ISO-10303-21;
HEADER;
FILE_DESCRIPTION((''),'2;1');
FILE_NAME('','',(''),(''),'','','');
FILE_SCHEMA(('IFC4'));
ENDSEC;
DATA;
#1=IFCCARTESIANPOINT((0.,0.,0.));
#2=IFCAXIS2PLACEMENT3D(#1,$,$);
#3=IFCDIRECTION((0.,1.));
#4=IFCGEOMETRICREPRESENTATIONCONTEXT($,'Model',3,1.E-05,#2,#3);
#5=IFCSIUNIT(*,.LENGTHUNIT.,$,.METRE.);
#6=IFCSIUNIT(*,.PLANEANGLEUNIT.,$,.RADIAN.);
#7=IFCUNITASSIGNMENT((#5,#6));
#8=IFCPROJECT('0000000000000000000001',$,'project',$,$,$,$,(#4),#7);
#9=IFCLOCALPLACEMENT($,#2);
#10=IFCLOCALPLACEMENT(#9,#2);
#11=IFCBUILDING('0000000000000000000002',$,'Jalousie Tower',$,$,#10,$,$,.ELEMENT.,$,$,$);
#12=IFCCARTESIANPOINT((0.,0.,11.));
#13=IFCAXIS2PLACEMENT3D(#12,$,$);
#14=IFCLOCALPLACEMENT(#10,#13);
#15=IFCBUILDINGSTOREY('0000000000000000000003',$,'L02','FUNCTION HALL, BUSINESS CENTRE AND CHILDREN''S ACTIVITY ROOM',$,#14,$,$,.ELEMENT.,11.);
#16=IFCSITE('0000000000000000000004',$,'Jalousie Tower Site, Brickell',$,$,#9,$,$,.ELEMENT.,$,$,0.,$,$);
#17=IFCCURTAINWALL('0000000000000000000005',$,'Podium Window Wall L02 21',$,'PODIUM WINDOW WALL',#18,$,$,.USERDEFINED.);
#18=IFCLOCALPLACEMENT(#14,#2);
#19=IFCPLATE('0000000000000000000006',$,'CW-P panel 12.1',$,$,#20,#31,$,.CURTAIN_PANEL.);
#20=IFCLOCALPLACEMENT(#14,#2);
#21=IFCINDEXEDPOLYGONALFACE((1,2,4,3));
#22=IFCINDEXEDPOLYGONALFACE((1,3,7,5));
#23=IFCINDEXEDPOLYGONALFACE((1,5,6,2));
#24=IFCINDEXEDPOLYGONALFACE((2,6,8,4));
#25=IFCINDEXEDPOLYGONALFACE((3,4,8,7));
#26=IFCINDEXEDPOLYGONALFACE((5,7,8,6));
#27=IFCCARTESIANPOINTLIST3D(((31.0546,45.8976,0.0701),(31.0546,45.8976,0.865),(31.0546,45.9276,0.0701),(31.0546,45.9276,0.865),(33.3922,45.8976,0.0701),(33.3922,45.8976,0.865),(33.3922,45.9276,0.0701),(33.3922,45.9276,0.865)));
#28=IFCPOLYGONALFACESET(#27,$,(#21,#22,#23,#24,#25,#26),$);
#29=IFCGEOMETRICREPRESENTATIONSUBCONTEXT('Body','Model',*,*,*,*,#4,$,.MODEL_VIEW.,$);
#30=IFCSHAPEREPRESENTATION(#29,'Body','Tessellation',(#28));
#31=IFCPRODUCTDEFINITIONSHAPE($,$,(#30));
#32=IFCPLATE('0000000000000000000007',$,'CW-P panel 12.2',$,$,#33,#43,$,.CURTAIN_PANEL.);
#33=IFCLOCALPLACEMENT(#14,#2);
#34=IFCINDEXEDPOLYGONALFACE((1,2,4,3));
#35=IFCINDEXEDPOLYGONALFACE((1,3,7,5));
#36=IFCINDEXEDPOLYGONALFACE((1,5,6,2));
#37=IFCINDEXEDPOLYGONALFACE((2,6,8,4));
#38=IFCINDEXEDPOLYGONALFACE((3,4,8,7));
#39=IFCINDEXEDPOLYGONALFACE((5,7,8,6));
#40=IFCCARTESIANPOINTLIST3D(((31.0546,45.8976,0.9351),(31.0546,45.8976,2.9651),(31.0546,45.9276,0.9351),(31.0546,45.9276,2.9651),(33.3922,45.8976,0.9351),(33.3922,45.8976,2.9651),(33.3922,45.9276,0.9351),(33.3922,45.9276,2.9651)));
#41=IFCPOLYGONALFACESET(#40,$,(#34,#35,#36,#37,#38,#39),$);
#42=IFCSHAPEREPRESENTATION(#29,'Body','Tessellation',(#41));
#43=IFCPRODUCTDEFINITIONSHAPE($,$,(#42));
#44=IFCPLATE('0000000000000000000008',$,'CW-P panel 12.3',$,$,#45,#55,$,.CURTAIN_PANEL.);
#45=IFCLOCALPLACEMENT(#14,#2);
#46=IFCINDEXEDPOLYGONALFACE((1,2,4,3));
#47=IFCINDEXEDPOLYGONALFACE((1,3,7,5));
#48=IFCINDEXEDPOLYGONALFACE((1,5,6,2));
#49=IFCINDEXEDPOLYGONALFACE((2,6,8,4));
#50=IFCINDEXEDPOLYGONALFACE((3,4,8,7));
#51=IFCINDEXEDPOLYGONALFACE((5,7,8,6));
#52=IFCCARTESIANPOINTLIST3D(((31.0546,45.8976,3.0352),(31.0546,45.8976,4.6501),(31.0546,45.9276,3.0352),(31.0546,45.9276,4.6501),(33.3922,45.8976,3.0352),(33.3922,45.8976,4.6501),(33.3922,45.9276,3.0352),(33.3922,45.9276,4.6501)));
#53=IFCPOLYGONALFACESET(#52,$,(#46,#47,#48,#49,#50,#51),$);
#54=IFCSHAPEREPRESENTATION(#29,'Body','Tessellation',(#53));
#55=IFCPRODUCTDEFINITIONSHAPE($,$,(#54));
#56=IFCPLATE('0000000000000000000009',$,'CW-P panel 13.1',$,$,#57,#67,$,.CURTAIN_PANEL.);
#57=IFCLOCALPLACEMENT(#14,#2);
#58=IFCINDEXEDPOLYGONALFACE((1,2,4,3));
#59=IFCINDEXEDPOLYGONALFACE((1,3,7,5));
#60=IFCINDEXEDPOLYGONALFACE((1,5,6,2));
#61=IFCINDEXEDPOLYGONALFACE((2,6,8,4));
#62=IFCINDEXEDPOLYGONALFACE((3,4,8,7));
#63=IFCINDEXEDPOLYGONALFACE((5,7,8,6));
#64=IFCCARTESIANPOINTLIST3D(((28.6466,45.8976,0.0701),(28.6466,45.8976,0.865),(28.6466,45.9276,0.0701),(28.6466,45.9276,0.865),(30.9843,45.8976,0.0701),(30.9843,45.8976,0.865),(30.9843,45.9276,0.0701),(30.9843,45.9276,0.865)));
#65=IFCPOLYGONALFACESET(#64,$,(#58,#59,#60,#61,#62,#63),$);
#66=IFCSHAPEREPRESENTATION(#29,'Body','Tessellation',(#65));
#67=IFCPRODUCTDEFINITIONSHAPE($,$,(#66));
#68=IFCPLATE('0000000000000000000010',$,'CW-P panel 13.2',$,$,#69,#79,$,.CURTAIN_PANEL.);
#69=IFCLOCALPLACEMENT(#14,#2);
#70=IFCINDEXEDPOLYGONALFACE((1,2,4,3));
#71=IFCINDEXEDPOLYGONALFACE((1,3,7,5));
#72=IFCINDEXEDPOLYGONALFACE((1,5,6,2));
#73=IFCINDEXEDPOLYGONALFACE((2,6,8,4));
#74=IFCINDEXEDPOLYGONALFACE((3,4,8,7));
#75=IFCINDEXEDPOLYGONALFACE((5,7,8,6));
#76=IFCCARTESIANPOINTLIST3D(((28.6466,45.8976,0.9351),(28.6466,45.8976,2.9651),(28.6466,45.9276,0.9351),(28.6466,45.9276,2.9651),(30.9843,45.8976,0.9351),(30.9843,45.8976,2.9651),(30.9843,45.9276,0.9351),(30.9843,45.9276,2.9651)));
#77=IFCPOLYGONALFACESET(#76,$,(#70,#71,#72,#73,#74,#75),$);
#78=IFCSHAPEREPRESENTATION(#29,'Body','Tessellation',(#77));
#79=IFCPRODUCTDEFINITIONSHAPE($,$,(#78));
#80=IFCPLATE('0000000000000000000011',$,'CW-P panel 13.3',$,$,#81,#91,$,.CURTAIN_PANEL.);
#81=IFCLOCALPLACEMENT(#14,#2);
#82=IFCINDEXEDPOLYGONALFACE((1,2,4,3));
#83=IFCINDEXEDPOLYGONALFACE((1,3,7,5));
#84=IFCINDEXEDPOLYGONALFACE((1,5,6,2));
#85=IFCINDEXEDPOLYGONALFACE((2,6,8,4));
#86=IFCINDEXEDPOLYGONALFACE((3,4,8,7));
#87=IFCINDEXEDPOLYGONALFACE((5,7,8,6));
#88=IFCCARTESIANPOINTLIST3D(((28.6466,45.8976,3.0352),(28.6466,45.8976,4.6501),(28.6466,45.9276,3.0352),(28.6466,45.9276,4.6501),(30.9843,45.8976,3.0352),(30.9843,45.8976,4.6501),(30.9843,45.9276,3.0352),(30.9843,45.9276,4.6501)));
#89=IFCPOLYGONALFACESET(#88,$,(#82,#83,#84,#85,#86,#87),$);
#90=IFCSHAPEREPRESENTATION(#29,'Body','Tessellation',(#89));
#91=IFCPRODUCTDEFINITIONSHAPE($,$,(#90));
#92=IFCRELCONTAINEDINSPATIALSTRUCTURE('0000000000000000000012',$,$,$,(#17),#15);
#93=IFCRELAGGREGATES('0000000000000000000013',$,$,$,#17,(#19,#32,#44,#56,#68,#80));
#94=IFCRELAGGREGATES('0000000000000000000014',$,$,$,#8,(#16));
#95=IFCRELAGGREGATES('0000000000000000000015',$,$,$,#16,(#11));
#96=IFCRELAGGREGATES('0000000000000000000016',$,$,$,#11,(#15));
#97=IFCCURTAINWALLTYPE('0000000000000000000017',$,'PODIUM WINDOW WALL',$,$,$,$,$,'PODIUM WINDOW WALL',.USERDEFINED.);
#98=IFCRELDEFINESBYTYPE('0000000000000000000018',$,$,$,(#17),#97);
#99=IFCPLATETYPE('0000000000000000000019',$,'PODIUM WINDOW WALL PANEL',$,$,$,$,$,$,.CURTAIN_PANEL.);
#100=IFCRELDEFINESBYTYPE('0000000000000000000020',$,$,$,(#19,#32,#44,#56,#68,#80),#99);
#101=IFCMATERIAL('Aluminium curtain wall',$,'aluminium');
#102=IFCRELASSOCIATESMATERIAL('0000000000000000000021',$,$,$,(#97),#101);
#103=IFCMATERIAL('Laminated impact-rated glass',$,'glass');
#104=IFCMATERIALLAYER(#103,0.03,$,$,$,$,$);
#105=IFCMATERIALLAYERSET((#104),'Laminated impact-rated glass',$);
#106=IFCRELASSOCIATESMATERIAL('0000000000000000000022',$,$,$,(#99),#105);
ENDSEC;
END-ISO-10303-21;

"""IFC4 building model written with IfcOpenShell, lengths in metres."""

from ifc_helpers import new_model, si_unit, direction, frame, origin, origin_2d, place, context, subcontext, project, spatial, rectangle, extrude, material, layer, layer_set, type_object, element, aggregate, save


model = new_model("IFC4")

# Units and contexts
model_context = context("Model", 3, precision=1e-05, world=origin(), true_north=direction((0.0, 1.0)))
body_context = subcontext(model_context, "Body", "Model", "MODEL_VIEW")
ifc_project = project(units=[si_unit("LENGTHUNIT", "METRE"), si_unit("PLANEANGLEUNIT", "RADIAN")], contexts=[model_context])

# Site, building, storey
site_placement = place(None, origin())
site = spatial("IfcSite", under=ifc_project, at=site_placement, Name="Jalousie Tower Site, Brickell", CompositionType="ELEMENT", RefElevation=0.0)
building_placement = place(site_placement, origin())
building = spatial("IfcBuilding", under=site, at=building_placement, Name="Jalousie Tower", CompositionType="ELEMENT")
storey_placement = place(building_placement, frame((0.0, 0.0, 11.0)))
storey = spatial("IfcBuildingStorey", under=building, at=storey_placement, Name="L02", Description="FUNCTION HALL, BUSINESS CENTRE AND CHILDREN'S ACTIVITY ROOM", CompositionType="ELEMENT", Elevation=11.0)

# Curtain wall, plates
ifc_material_1 = material(Name="Aluminium curtain wall", Category="aluminium")
curtain_wall_type = type_object("IfcCurtainWallType", Name="PODIUM WINDOW WALL", ElementType="PODIUM WINDOW WALL", PredefinedType="USERDEFINED", material=ifc_material_1)
curtain_wall_placement = place(storey_placement, origin())
curtain_wall = element("IfcCurtainWall", 1, at=curtain_wall_placement, inside=storey, type_object=curtain_wall_type, Name="Podium Window Wall L02 21", ObjectType="PODIUM WINDOW WALL", PredefinedType="USERDEFINED")
ifc_material_2 = material(Name="Laminated impact-rated glass", Category="glass")
ifc_layer = layer(ifc_material_2, 0.03)
ifc_layer_set = layer_set([ifc_layer], Name="Laminated impact-rated glass")
plate_type = type_object("IfcPlateType", Name="PODIUM WINDOW WALL PANEL", PredefinedType="CURTAIN_PANEL", material=ifc_layer_set)
plate_1_placement = place(storey_placement, frame((32.2234, 45.9126, 0.0701), z_axis=(0.0, 0.0, 1.0), x_axis=(-1.0, 0.0, 0.0)))
plate_1 = element("IfcPlate", 2, at=plate_1_placement, type_object=plate_type, Name="CW-P panel 12.1", PredefinedType="CURTAIN_PANEL", context=body_context, shape_type="SweptSolid", body=[
    extrude(rectangle(XDim=2.3376, YDim=0.03, at=origin_2d()), origin(), (0.0, 0.0, 1.0), 0.7949),
])
plate_2_placement = place(storey_placement, frame((32.2234, 45.9126, 0.9351), z_axis=(0.0, 0.0, 1.0), x_axis=(-1.0, 0.0, 0.0)))
plate_2 = element("IfcPlate", 3, at=plate_2_placement, type_object=plate_type, Name="CW-P panel 12.2", PredefinedType="CURTAIN_PANEL", context=body_context, shape_type="SweptSolid", body=[
    extrude(rectangle(XDim=2.3376, YDim=0.03, at=origin_2d()), origin(), (0.0, 0.0, 1.0), 2.03),
])
plate_3_placement = place(storey_placement, frame((32.2234, 45.9126, 3.0352), z_axis=(0.0, 0.0, 1.0), x_axis=(-1.0, 0.0, 0.0)))
plate_3 = element("IfcPlate", 4, at=plate_3_placement, type_object=plate_type, Name="CW-P panel 12.3", PredefinedType="CURTAIN_PANEL", context=body_context, shape_type="SweptSolid", body=[
    extrude(rectangle(XDim=2.3376, YDim=0.03, at=origin_2d()), origin(), (0.0, 0.0, 1.0), 1.615),
])
plate_4_placement = place(storey_placement, frame((29.8154, 45.9126, 0.0701), z_axis=(0.0, 0.0, 1.0), x_axis=(-1.0, 0.0, 0.0)))
plate_4 = element("IfcPlate", 5, at=plate_4_placement, type_object=plate_type, Name="CW-P panel 13.1", PredefinedType="CURTAIN_PANEL", context=body_context, shape_type="SweptSolid", body=[
    extrude(rectangle(XDim=2.3376, YDim=0.03, at=origin_2d()), origin(), (0.0, 0.0, 1.0), 0.7949),
])
plate_5_placement = place(storey_placement, frame((29.8154, 45.9126, 0.9351), z_axis=(0.0, 0.0, 1.0), x_axis=(-1.0, 0.0, 0.0)))
plate_5 = element("IfcPlate", 6, at=plate_5_placement, type_object=plate_type, Name="CW-P panel 13.2", PredefinedType="CURTAIN_PANEL", context=body_context, shape_type="SweptSolid", body=[
    extrude(rectangle(XDim=2.3376, YDim=0.03, at=origin_2d()), origin(), (0.0, 0.0, 1.0), 2.03),
])
plate_6_placement = place(storey_placement, frame((29.8154, 45.9126, 3.0352), z_axis=(0.0, 0.0, 1.0), x_axis=(-1.0, 0.0, 0.0)))
plate_6 = element("IfcPlate", 7, at=plate_6_placement, type_object=plate_type, Name="CW-P panel 13.3", PredefinedType="CURTAIN_PANEL", context=body_context, shape_type="SweptSolid", body=[
    extrude(rectangle(XDim=2.3376, YDim=0.03, at=origin_2d()), origin(), (0.0, 0.0, 1.0), 1.615),
])
aggregate(curtain_wall, [plate_1, plate_2, plate_3, plate_4, plate_5, plate_6])

save(model, "model.ifc")
